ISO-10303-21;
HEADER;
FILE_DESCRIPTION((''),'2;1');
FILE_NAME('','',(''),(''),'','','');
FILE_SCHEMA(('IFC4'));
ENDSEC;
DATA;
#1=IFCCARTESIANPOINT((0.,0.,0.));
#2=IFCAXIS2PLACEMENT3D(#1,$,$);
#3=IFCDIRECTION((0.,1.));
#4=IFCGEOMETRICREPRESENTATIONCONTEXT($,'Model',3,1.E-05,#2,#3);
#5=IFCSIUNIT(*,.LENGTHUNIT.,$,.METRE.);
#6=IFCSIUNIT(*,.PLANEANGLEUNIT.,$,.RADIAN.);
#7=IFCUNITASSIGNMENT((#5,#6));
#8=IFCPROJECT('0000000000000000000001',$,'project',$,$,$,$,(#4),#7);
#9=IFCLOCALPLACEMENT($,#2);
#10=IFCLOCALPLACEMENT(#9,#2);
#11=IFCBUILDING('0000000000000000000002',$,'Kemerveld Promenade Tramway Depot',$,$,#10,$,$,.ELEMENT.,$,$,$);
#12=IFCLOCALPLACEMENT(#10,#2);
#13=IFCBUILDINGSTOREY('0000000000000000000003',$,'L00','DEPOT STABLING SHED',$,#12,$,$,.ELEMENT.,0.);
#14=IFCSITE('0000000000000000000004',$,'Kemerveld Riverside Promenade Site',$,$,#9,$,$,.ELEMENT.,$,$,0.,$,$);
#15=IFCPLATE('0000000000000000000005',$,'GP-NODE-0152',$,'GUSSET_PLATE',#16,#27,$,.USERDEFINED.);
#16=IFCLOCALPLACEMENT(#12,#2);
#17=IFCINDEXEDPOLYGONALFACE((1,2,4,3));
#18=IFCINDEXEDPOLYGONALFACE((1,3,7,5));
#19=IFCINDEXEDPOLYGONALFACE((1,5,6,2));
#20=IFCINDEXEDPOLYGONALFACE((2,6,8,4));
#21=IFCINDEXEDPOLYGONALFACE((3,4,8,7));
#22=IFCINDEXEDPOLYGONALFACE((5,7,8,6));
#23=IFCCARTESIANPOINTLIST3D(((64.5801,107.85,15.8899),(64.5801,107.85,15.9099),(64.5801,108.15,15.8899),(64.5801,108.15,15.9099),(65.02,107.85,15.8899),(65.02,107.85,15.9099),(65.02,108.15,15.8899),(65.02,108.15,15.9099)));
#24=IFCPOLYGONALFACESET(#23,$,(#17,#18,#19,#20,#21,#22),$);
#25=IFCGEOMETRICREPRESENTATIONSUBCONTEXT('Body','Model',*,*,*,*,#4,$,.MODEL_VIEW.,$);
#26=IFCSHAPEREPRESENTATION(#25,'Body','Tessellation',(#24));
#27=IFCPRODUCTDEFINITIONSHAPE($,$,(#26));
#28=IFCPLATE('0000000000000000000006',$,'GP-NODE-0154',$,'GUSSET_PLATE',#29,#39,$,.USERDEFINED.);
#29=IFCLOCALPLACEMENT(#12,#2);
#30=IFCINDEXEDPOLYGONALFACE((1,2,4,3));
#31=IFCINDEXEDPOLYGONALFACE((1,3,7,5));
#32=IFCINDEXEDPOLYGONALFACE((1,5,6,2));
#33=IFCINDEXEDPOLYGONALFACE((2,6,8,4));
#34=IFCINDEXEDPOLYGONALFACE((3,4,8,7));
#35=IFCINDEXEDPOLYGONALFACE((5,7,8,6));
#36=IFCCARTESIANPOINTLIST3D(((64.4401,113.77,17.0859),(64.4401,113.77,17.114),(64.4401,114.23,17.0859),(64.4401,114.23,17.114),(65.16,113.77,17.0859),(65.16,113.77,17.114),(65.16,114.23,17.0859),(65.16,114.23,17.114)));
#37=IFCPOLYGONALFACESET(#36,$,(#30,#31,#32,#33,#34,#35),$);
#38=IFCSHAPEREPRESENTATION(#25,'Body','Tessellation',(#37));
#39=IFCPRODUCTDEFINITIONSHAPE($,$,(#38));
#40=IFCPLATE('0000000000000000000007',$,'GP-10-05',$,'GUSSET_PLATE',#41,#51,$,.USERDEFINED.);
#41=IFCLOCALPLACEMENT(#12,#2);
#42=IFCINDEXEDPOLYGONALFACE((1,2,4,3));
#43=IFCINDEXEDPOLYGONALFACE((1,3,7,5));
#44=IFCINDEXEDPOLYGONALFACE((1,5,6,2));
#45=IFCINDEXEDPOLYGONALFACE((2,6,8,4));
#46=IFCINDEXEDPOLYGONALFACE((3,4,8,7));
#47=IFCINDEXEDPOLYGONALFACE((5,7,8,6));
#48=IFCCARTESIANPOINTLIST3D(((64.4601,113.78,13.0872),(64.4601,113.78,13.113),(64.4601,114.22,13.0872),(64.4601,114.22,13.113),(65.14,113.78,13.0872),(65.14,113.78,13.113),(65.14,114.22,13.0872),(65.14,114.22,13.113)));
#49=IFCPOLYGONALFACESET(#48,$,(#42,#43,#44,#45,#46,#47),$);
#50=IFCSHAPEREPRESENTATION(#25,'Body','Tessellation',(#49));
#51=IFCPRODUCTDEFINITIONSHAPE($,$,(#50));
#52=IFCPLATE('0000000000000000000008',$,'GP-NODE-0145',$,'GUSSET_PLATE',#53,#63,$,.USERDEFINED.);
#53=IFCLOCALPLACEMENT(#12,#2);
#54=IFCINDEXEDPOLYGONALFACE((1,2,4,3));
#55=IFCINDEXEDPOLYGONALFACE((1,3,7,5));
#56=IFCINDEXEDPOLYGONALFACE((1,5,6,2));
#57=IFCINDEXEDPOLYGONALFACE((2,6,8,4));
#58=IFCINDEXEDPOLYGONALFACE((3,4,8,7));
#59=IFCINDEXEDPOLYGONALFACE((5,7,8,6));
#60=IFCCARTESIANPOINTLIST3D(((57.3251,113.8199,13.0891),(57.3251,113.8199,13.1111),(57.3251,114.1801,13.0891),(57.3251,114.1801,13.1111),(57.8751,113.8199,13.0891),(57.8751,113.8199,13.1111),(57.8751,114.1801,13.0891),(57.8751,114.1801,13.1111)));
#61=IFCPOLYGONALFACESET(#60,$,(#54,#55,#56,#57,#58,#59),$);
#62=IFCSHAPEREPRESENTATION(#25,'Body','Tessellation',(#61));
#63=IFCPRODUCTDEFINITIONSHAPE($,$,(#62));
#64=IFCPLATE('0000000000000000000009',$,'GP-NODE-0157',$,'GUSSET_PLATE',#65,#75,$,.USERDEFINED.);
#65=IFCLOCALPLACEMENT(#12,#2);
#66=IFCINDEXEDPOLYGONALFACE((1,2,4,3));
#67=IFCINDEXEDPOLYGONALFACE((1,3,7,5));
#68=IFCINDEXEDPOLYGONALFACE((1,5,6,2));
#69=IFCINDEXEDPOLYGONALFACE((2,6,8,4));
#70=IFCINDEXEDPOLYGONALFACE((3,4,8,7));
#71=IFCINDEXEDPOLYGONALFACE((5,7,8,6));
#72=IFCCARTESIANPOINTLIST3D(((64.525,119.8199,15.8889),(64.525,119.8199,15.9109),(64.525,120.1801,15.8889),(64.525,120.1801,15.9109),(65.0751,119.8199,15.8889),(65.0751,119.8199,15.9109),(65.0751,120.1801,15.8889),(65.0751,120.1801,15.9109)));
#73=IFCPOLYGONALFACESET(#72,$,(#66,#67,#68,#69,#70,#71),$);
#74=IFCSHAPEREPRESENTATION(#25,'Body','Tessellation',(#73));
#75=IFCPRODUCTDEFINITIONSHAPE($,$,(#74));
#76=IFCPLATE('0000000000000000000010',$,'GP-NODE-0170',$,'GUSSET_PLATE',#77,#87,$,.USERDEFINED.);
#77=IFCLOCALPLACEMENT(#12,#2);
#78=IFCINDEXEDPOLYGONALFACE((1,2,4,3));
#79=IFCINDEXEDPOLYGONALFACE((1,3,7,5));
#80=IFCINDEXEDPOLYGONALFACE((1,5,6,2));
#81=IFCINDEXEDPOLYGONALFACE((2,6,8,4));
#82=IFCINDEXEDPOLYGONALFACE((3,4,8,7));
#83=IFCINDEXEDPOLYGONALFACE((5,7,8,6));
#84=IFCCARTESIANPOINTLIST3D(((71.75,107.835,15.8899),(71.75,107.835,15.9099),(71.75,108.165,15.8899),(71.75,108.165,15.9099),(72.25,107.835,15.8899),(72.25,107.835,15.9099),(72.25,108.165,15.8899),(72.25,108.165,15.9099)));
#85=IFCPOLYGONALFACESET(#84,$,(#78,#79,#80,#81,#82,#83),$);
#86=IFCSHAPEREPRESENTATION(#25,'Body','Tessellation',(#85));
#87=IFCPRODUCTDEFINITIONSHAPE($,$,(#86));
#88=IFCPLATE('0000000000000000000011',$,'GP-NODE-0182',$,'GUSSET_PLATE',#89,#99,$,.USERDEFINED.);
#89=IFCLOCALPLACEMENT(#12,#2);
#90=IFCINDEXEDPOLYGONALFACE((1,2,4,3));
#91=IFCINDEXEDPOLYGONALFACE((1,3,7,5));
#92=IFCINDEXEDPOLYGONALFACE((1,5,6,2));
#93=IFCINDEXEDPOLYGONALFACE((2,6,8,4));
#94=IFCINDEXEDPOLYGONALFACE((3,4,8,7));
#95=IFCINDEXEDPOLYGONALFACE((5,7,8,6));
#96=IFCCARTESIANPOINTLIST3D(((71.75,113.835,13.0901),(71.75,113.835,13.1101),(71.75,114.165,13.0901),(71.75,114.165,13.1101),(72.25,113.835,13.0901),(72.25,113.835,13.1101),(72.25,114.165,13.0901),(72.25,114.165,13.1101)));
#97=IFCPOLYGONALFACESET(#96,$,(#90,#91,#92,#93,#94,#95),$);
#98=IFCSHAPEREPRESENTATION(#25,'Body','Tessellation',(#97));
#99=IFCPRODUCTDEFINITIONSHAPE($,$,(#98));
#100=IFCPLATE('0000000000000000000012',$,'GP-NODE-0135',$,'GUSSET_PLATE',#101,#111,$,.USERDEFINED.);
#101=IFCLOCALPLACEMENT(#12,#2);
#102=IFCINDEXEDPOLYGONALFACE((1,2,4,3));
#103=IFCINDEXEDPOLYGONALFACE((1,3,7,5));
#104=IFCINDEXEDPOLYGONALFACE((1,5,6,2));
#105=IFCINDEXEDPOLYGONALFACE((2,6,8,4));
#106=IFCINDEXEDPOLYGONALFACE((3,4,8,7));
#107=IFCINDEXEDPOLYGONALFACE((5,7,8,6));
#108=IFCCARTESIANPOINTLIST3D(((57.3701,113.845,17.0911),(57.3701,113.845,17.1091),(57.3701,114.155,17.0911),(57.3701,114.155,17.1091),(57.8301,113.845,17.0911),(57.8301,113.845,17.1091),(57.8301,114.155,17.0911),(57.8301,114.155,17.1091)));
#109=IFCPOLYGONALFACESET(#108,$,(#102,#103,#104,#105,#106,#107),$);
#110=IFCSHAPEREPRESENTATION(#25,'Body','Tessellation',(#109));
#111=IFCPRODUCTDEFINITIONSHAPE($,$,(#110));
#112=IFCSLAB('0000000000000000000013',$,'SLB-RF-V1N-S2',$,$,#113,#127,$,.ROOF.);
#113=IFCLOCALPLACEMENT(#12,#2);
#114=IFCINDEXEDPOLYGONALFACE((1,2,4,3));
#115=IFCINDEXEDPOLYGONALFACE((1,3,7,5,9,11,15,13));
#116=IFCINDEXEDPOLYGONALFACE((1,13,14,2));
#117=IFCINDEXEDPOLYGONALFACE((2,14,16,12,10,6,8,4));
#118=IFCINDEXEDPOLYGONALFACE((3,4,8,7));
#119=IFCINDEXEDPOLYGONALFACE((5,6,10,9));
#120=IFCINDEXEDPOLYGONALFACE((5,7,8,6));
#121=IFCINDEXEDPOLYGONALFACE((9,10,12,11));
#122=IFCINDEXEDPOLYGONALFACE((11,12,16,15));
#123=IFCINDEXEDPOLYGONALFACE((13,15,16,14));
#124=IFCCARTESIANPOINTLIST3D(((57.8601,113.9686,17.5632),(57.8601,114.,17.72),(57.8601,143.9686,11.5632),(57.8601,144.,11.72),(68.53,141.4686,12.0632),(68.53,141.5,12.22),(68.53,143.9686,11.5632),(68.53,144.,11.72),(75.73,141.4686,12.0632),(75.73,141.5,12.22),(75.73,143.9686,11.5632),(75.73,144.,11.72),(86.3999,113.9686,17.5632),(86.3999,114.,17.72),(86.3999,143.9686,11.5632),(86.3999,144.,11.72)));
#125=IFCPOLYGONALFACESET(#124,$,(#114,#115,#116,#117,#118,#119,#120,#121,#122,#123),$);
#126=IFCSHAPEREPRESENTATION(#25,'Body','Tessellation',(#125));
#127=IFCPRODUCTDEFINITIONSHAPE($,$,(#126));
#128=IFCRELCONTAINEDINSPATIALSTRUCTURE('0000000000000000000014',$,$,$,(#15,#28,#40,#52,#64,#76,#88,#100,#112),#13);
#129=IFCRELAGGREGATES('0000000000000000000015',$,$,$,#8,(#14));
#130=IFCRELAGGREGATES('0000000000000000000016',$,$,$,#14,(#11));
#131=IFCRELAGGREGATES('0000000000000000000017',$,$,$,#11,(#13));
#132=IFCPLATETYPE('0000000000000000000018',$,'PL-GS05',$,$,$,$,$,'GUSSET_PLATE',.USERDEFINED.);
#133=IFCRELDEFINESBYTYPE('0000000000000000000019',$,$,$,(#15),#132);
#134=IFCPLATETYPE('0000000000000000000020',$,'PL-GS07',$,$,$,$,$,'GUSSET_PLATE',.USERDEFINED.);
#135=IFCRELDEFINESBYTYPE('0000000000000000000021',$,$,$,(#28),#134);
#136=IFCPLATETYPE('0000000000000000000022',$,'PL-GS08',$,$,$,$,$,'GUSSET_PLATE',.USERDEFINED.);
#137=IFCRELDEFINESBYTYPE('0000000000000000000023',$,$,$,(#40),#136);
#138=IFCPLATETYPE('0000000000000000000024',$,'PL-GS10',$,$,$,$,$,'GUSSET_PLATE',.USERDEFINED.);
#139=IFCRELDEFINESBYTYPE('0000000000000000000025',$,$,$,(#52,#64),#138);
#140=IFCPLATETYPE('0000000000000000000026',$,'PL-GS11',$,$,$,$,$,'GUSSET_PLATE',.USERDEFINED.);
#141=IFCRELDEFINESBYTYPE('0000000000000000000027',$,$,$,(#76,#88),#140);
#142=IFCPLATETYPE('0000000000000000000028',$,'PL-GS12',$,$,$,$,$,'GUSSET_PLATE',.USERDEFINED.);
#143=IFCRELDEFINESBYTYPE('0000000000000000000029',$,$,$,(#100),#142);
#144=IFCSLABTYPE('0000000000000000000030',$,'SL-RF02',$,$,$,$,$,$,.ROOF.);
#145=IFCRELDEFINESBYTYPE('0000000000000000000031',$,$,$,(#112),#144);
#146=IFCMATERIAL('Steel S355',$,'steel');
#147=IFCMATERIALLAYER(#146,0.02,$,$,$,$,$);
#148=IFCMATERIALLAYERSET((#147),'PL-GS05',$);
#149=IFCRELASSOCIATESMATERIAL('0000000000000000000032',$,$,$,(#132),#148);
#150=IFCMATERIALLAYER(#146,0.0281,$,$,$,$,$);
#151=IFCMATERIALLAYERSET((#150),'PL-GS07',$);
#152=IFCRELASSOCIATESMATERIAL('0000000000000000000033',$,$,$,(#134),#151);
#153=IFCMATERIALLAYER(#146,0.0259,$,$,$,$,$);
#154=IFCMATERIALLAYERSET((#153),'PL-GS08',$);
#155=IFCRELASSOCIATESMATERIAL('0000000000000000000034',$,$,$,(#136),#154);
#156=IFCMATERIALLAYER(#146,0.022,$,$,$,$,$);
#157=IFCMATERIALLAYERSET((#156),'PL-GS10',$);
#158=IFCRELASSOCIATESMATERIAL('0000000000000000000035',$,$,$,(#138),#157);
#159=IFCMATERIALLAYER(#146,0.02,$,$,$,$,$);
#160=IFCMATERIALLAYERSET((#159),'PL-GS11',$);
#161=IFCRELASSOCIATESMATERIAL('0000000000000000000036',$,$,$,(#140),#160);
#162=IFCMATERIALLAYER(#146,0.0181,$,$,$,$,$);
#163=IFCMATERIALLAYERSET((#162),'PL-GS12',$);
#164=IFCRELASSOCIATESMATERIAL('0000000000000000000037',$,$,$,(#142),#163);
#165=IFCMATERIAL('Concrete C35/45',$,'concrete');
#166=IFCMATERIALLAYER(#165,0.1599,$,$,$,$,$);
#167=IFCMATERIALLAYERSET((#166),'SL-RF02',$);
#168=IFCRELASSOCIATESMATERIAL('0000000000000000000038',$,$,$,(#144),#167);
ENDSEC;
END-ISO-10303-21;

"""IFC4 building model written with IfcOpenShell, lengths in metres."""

from ifc_helpers import new_model, si_unit, direction, frame, origin, origin_2d, place, context, subcontext, project, spatial, polyline, rectangle, outline, extrude, material, layer, layer_set, type_object, element, save


model = new_model("IFC4")

# Units and contexts
model_context = context("Model", 3, precision=1e-05, world=origin(), true_north=direction((0.0, 1.0)))
body_context = subcontext(model_context, "Body", "Model", "MODEL_VIEW")
ifc_project = project(units=[si_unit("LENGTHUNIT", "METRE"), si_unit("PLANEANGLEUNIT", "RADIAN")], contexts=[model_context])

# Site, building, storey
site_placement = place(None, origin())
site = spatial("IfcSite", under=ifc_project, at=site_placement, Name="Kemerveld Riverside Promenade Site", CompositionType="ELEMENT", RefElevation=0.0)
building_placement = place(site_placement, origin())
building = spatial("IfcBuilding", under=site, at=building_placement, Name="Kemerveld Promenade Tramway Depot", CompositionType="ELEMENT")
storey_placement = place(building_placement, origin())
storey = spatial("IfcBuildingStorey", under=building, at=storey_placement, Name="L00", Description="DEPOT STABLING SHED", CompositionType="ELEMENT", Elevation=0.0)

# Shared definitions
ifc_material_1 = material(Name="Steel S355", Category="steel")

# Plates
ifc_layer_1 = layer(ifc_material_1, 0.02)
ifc_layer_set_1 = layer_set([ifc_layer_1], Name="PL-GS05")
plate_type_1 = type_object("IfcPlateType", Name="PL-GS05", ElementType="GUSSET_PLATE", PredefinedType="USERDEFINED", material=ifc_layer_set_1)
plate_1_placement = place(storey_placement, frame((64.8, 108.0, 15.8899), z_axis=(0.0, 0.0, 1.0), x_axis=(1.0, 0.0, 0.0)))
element("IfcPlate", 1, at=plate_1_placement, inside=storey, type_object=plate_type_1, Name="GP-NODE-0152", ObjectType="GUSSET_PLATE", PredefinedType="USERDEFINED", context=body_context, shape_type="SweptSolid", body=[
    extrude(rectangle(XDim=0.4399, YDim=0.3, at=origin_2d()), origin(), (0.0, 0.0, 1.0), 0.02),
])
ifc_layer_2 = layer(ifc_material_1, 0.0281)
ifc_layer_set_2 = layer_set([ifc_layer_2], Name="PL-GS07")
plate_type_2 = type_object("IfcPlateType", Name="PL-GS07", ElementType="GUSSET_PLATE", PredefinedType="USERDEFINED", material=ifc_layer_set_2)
plate_2_placement = place(storey_placement, frame((64.8, 114.0, 17.0859), z_axis=(0.0, 0.0, 1.0), x_axis=(1.0, 0.0, 0.0)))
element("IfcPlate", 2, at=plate_2_placement, inside=storey, type_object=plate_type_2, Name="GP-NODE-0154", ObjectType="GUSSET_PLATE", PredefinedType="USERDEFINED", context=body_context, shape_type="SweptSolid", body=[
    extrude(rectangle(XDim=0.72, YDim=0.46, at=origin_2d()), origin(), (0.0, 0.0, 1.0), 0.0281),
])
ifc_layer_3 = layer(ifc_material_1, 0.0259)
ifc_layer_set_3 = layer_set([ifc_layer_3], Name="PL-GS08")
plate_type_3 = type_object("IfcPlateType", Name="PL-GS08", ElementType="GUSSET_PLATE", PredefinedType="USERDEFINED", material=ifc_layer_set_3)
plate_3_placement = place(storey_placement, frame((64.8, 114.0, 13.0872), z_axis=(0.0, 0.0, 1.0), x_axis=(1.0, 0.0, 0.0)))
element("IfcPlate", 3, at=plate_3_placement, inside=storey, type_object=plate_type_3, Name="GP-10-05", ObjectType="GUSSET_PLATE", PredefinedType="USERDEFINED", context=body_context, shape_type="SweptSolid", body=[
    extrude(rectangle(XDim=0.6799, YDim=0.4399, at=origin_2d()), origin(), (0.0, 0.0, 1.0), 0.0259),
])
ifc_layer_4 = layer(ifc_material_1, 0.022)
ifc_layer_set_4 = layer_set([ifc_layer_4], Name="PL-GS10")
plate_type_4 = type_object("IfcPlateType", Name="PL-GS10", ElementType="GUSSET_PLATE", PredefinedType="USERDEFINED", material=ifc_layer_set_4)
for number, where, z_axis, x_axis, name in (
    (4, (57.6001, 114.0, 13.0891), (0.0, 0.0, 1.0), (1.0, 0.0, 0.0), "GP-NODE-0145"),
    (5, (64.8, 120.0, 15.8889), (0.0, 0.0, 1.0), (1.0, 0.0, 0.0), "GP-NODE-0157"),
):
    element("IfcPlate", number, at=place(storey_placement, frame(where, z_axis=z_axis, x_axis=x_axis)), inside=storey, type_object=plate_type_4, Name=name, ObjectType="GUSSET_PLATE", PredefinedType="USERDEFINED", context=body_context, shape_type="SweptSolid", body=[
        extrude(rectangle(XDim=0.55, YDim=0.3601, at=origin_2d()), origin(), (0.0, 0.0, 1.0), 0.022),
    ])
ifc_layer_5 = layer(ifc_material_1, 0.02)
ifc_layer_set_5 = layer_set([ifc_layer_5], Name="PL-GS11")
plate_type_5 = type_object("IfcPlateType", Name="PL-GS11", ElementType="GUSSET_PLATE", PredefinedType="USERDEFINED", material=ifc_layer_set_5)
for number, where, z_axis, x_axis, name in (
    (6, (72.0, 108.0, 15.8899), (0.0, 0.0, 1.0), (1.0, 0.0, 0.0), "GP-NODE-0170"),
    (7, (72.0, 114.0, 13.0901), (0.0, 0.0, 1.0), (1.0, 0.0, 0.0), "GP-NODE-0182"),
):
    element("IfcPlate", number, at=place(storey_placement, frame(where, z_axis=z_axis, x_axis=x_axis)), inside=storey, type_object=plate_type_5, Name=name, ObjectType="GUSSET_PLATE", PredefinedType="USERDEFINED", context=body_context, shape_type="SweptSolid", body=[
        extrude(rectangle(XDim=0.5, YDim=0.3301, at=origin_2d()), origin(), (0.0, 0.0, 1.0), 0.02),
    ])
ifc_layer_6 = layer(ifc_material_1, 0.0181)
ifc_layer_set_6 = layer_set([ifc_layer_6], Name="PL-GS12")
plate_type_6 = type_object("IfcPlateType", Name="PL-GS12", ElementType="GUSSET_PLATE", PredefinedType="USERDEFINED", material=ifc_layer_set_6)
plate_4_placement = place(storey_placement, frame((57.6001, 114.0, 17.0911), z_axis=(0.0, 0.0, 1.0), x_axis=(1.0, 0.0, 0.0)))
element("IfcPlate", 8, at=plate_4_placement, inside=storey, type_object=plate_type_6, Name="GP-NODE-0135", ObjectType="GUSSET_PLATE", PredefinedType="USERDEFINED", context=body_context, shape_type="SweptSolid", body=[
    extrude(rectangle(XDim=0.46, YDim=0.3101, at=origin_2d()), origin(), (0.0, 0.0, 1.0), 0.0181),
])

# Slab
ifc_material_2 = material(Name="Concrete C35/45", Category="concrete")
ifc_layer_7 = layer(ifc_material_2, 0.1599)
ifc_layer_set_7 = layer_set([ifc_layer_7], Name="SL-RF02")
slab_type = type_object("IfcSlabType", Name="SL-RF02", PredefinedType="ROOF", material=ifc_layer_set_7)
slab_placement = place(storey_placement, frame((57.8601, 114.0, 17.72), z_axis=(0.0, 0.196116, 0.980581), x_axis=(1.0, 0.0, 0.0)))
element("IfcSlab", 9, at=slab_placement, inside=storey, type_object=slab_type, Name="SLB-RF-V1N-S2", PredefinedType="ROOF", context=body_context, shape_type="SweptSolid", body=[
    extrude(outline(polyline([(0.0, 0.0), (28.5398, 0.0), (28.5398, 30.5941), (17.8699, 30.5941), (17.8699, 28.0446), (10.6699, 28.0446), (10.6699, 30.5941), (0.0, 30.5941), (0.0, 0.0)])), origin(), (0.0, 0.0, -1.0), 0.1599),
])

save(model, "model.ifc")
